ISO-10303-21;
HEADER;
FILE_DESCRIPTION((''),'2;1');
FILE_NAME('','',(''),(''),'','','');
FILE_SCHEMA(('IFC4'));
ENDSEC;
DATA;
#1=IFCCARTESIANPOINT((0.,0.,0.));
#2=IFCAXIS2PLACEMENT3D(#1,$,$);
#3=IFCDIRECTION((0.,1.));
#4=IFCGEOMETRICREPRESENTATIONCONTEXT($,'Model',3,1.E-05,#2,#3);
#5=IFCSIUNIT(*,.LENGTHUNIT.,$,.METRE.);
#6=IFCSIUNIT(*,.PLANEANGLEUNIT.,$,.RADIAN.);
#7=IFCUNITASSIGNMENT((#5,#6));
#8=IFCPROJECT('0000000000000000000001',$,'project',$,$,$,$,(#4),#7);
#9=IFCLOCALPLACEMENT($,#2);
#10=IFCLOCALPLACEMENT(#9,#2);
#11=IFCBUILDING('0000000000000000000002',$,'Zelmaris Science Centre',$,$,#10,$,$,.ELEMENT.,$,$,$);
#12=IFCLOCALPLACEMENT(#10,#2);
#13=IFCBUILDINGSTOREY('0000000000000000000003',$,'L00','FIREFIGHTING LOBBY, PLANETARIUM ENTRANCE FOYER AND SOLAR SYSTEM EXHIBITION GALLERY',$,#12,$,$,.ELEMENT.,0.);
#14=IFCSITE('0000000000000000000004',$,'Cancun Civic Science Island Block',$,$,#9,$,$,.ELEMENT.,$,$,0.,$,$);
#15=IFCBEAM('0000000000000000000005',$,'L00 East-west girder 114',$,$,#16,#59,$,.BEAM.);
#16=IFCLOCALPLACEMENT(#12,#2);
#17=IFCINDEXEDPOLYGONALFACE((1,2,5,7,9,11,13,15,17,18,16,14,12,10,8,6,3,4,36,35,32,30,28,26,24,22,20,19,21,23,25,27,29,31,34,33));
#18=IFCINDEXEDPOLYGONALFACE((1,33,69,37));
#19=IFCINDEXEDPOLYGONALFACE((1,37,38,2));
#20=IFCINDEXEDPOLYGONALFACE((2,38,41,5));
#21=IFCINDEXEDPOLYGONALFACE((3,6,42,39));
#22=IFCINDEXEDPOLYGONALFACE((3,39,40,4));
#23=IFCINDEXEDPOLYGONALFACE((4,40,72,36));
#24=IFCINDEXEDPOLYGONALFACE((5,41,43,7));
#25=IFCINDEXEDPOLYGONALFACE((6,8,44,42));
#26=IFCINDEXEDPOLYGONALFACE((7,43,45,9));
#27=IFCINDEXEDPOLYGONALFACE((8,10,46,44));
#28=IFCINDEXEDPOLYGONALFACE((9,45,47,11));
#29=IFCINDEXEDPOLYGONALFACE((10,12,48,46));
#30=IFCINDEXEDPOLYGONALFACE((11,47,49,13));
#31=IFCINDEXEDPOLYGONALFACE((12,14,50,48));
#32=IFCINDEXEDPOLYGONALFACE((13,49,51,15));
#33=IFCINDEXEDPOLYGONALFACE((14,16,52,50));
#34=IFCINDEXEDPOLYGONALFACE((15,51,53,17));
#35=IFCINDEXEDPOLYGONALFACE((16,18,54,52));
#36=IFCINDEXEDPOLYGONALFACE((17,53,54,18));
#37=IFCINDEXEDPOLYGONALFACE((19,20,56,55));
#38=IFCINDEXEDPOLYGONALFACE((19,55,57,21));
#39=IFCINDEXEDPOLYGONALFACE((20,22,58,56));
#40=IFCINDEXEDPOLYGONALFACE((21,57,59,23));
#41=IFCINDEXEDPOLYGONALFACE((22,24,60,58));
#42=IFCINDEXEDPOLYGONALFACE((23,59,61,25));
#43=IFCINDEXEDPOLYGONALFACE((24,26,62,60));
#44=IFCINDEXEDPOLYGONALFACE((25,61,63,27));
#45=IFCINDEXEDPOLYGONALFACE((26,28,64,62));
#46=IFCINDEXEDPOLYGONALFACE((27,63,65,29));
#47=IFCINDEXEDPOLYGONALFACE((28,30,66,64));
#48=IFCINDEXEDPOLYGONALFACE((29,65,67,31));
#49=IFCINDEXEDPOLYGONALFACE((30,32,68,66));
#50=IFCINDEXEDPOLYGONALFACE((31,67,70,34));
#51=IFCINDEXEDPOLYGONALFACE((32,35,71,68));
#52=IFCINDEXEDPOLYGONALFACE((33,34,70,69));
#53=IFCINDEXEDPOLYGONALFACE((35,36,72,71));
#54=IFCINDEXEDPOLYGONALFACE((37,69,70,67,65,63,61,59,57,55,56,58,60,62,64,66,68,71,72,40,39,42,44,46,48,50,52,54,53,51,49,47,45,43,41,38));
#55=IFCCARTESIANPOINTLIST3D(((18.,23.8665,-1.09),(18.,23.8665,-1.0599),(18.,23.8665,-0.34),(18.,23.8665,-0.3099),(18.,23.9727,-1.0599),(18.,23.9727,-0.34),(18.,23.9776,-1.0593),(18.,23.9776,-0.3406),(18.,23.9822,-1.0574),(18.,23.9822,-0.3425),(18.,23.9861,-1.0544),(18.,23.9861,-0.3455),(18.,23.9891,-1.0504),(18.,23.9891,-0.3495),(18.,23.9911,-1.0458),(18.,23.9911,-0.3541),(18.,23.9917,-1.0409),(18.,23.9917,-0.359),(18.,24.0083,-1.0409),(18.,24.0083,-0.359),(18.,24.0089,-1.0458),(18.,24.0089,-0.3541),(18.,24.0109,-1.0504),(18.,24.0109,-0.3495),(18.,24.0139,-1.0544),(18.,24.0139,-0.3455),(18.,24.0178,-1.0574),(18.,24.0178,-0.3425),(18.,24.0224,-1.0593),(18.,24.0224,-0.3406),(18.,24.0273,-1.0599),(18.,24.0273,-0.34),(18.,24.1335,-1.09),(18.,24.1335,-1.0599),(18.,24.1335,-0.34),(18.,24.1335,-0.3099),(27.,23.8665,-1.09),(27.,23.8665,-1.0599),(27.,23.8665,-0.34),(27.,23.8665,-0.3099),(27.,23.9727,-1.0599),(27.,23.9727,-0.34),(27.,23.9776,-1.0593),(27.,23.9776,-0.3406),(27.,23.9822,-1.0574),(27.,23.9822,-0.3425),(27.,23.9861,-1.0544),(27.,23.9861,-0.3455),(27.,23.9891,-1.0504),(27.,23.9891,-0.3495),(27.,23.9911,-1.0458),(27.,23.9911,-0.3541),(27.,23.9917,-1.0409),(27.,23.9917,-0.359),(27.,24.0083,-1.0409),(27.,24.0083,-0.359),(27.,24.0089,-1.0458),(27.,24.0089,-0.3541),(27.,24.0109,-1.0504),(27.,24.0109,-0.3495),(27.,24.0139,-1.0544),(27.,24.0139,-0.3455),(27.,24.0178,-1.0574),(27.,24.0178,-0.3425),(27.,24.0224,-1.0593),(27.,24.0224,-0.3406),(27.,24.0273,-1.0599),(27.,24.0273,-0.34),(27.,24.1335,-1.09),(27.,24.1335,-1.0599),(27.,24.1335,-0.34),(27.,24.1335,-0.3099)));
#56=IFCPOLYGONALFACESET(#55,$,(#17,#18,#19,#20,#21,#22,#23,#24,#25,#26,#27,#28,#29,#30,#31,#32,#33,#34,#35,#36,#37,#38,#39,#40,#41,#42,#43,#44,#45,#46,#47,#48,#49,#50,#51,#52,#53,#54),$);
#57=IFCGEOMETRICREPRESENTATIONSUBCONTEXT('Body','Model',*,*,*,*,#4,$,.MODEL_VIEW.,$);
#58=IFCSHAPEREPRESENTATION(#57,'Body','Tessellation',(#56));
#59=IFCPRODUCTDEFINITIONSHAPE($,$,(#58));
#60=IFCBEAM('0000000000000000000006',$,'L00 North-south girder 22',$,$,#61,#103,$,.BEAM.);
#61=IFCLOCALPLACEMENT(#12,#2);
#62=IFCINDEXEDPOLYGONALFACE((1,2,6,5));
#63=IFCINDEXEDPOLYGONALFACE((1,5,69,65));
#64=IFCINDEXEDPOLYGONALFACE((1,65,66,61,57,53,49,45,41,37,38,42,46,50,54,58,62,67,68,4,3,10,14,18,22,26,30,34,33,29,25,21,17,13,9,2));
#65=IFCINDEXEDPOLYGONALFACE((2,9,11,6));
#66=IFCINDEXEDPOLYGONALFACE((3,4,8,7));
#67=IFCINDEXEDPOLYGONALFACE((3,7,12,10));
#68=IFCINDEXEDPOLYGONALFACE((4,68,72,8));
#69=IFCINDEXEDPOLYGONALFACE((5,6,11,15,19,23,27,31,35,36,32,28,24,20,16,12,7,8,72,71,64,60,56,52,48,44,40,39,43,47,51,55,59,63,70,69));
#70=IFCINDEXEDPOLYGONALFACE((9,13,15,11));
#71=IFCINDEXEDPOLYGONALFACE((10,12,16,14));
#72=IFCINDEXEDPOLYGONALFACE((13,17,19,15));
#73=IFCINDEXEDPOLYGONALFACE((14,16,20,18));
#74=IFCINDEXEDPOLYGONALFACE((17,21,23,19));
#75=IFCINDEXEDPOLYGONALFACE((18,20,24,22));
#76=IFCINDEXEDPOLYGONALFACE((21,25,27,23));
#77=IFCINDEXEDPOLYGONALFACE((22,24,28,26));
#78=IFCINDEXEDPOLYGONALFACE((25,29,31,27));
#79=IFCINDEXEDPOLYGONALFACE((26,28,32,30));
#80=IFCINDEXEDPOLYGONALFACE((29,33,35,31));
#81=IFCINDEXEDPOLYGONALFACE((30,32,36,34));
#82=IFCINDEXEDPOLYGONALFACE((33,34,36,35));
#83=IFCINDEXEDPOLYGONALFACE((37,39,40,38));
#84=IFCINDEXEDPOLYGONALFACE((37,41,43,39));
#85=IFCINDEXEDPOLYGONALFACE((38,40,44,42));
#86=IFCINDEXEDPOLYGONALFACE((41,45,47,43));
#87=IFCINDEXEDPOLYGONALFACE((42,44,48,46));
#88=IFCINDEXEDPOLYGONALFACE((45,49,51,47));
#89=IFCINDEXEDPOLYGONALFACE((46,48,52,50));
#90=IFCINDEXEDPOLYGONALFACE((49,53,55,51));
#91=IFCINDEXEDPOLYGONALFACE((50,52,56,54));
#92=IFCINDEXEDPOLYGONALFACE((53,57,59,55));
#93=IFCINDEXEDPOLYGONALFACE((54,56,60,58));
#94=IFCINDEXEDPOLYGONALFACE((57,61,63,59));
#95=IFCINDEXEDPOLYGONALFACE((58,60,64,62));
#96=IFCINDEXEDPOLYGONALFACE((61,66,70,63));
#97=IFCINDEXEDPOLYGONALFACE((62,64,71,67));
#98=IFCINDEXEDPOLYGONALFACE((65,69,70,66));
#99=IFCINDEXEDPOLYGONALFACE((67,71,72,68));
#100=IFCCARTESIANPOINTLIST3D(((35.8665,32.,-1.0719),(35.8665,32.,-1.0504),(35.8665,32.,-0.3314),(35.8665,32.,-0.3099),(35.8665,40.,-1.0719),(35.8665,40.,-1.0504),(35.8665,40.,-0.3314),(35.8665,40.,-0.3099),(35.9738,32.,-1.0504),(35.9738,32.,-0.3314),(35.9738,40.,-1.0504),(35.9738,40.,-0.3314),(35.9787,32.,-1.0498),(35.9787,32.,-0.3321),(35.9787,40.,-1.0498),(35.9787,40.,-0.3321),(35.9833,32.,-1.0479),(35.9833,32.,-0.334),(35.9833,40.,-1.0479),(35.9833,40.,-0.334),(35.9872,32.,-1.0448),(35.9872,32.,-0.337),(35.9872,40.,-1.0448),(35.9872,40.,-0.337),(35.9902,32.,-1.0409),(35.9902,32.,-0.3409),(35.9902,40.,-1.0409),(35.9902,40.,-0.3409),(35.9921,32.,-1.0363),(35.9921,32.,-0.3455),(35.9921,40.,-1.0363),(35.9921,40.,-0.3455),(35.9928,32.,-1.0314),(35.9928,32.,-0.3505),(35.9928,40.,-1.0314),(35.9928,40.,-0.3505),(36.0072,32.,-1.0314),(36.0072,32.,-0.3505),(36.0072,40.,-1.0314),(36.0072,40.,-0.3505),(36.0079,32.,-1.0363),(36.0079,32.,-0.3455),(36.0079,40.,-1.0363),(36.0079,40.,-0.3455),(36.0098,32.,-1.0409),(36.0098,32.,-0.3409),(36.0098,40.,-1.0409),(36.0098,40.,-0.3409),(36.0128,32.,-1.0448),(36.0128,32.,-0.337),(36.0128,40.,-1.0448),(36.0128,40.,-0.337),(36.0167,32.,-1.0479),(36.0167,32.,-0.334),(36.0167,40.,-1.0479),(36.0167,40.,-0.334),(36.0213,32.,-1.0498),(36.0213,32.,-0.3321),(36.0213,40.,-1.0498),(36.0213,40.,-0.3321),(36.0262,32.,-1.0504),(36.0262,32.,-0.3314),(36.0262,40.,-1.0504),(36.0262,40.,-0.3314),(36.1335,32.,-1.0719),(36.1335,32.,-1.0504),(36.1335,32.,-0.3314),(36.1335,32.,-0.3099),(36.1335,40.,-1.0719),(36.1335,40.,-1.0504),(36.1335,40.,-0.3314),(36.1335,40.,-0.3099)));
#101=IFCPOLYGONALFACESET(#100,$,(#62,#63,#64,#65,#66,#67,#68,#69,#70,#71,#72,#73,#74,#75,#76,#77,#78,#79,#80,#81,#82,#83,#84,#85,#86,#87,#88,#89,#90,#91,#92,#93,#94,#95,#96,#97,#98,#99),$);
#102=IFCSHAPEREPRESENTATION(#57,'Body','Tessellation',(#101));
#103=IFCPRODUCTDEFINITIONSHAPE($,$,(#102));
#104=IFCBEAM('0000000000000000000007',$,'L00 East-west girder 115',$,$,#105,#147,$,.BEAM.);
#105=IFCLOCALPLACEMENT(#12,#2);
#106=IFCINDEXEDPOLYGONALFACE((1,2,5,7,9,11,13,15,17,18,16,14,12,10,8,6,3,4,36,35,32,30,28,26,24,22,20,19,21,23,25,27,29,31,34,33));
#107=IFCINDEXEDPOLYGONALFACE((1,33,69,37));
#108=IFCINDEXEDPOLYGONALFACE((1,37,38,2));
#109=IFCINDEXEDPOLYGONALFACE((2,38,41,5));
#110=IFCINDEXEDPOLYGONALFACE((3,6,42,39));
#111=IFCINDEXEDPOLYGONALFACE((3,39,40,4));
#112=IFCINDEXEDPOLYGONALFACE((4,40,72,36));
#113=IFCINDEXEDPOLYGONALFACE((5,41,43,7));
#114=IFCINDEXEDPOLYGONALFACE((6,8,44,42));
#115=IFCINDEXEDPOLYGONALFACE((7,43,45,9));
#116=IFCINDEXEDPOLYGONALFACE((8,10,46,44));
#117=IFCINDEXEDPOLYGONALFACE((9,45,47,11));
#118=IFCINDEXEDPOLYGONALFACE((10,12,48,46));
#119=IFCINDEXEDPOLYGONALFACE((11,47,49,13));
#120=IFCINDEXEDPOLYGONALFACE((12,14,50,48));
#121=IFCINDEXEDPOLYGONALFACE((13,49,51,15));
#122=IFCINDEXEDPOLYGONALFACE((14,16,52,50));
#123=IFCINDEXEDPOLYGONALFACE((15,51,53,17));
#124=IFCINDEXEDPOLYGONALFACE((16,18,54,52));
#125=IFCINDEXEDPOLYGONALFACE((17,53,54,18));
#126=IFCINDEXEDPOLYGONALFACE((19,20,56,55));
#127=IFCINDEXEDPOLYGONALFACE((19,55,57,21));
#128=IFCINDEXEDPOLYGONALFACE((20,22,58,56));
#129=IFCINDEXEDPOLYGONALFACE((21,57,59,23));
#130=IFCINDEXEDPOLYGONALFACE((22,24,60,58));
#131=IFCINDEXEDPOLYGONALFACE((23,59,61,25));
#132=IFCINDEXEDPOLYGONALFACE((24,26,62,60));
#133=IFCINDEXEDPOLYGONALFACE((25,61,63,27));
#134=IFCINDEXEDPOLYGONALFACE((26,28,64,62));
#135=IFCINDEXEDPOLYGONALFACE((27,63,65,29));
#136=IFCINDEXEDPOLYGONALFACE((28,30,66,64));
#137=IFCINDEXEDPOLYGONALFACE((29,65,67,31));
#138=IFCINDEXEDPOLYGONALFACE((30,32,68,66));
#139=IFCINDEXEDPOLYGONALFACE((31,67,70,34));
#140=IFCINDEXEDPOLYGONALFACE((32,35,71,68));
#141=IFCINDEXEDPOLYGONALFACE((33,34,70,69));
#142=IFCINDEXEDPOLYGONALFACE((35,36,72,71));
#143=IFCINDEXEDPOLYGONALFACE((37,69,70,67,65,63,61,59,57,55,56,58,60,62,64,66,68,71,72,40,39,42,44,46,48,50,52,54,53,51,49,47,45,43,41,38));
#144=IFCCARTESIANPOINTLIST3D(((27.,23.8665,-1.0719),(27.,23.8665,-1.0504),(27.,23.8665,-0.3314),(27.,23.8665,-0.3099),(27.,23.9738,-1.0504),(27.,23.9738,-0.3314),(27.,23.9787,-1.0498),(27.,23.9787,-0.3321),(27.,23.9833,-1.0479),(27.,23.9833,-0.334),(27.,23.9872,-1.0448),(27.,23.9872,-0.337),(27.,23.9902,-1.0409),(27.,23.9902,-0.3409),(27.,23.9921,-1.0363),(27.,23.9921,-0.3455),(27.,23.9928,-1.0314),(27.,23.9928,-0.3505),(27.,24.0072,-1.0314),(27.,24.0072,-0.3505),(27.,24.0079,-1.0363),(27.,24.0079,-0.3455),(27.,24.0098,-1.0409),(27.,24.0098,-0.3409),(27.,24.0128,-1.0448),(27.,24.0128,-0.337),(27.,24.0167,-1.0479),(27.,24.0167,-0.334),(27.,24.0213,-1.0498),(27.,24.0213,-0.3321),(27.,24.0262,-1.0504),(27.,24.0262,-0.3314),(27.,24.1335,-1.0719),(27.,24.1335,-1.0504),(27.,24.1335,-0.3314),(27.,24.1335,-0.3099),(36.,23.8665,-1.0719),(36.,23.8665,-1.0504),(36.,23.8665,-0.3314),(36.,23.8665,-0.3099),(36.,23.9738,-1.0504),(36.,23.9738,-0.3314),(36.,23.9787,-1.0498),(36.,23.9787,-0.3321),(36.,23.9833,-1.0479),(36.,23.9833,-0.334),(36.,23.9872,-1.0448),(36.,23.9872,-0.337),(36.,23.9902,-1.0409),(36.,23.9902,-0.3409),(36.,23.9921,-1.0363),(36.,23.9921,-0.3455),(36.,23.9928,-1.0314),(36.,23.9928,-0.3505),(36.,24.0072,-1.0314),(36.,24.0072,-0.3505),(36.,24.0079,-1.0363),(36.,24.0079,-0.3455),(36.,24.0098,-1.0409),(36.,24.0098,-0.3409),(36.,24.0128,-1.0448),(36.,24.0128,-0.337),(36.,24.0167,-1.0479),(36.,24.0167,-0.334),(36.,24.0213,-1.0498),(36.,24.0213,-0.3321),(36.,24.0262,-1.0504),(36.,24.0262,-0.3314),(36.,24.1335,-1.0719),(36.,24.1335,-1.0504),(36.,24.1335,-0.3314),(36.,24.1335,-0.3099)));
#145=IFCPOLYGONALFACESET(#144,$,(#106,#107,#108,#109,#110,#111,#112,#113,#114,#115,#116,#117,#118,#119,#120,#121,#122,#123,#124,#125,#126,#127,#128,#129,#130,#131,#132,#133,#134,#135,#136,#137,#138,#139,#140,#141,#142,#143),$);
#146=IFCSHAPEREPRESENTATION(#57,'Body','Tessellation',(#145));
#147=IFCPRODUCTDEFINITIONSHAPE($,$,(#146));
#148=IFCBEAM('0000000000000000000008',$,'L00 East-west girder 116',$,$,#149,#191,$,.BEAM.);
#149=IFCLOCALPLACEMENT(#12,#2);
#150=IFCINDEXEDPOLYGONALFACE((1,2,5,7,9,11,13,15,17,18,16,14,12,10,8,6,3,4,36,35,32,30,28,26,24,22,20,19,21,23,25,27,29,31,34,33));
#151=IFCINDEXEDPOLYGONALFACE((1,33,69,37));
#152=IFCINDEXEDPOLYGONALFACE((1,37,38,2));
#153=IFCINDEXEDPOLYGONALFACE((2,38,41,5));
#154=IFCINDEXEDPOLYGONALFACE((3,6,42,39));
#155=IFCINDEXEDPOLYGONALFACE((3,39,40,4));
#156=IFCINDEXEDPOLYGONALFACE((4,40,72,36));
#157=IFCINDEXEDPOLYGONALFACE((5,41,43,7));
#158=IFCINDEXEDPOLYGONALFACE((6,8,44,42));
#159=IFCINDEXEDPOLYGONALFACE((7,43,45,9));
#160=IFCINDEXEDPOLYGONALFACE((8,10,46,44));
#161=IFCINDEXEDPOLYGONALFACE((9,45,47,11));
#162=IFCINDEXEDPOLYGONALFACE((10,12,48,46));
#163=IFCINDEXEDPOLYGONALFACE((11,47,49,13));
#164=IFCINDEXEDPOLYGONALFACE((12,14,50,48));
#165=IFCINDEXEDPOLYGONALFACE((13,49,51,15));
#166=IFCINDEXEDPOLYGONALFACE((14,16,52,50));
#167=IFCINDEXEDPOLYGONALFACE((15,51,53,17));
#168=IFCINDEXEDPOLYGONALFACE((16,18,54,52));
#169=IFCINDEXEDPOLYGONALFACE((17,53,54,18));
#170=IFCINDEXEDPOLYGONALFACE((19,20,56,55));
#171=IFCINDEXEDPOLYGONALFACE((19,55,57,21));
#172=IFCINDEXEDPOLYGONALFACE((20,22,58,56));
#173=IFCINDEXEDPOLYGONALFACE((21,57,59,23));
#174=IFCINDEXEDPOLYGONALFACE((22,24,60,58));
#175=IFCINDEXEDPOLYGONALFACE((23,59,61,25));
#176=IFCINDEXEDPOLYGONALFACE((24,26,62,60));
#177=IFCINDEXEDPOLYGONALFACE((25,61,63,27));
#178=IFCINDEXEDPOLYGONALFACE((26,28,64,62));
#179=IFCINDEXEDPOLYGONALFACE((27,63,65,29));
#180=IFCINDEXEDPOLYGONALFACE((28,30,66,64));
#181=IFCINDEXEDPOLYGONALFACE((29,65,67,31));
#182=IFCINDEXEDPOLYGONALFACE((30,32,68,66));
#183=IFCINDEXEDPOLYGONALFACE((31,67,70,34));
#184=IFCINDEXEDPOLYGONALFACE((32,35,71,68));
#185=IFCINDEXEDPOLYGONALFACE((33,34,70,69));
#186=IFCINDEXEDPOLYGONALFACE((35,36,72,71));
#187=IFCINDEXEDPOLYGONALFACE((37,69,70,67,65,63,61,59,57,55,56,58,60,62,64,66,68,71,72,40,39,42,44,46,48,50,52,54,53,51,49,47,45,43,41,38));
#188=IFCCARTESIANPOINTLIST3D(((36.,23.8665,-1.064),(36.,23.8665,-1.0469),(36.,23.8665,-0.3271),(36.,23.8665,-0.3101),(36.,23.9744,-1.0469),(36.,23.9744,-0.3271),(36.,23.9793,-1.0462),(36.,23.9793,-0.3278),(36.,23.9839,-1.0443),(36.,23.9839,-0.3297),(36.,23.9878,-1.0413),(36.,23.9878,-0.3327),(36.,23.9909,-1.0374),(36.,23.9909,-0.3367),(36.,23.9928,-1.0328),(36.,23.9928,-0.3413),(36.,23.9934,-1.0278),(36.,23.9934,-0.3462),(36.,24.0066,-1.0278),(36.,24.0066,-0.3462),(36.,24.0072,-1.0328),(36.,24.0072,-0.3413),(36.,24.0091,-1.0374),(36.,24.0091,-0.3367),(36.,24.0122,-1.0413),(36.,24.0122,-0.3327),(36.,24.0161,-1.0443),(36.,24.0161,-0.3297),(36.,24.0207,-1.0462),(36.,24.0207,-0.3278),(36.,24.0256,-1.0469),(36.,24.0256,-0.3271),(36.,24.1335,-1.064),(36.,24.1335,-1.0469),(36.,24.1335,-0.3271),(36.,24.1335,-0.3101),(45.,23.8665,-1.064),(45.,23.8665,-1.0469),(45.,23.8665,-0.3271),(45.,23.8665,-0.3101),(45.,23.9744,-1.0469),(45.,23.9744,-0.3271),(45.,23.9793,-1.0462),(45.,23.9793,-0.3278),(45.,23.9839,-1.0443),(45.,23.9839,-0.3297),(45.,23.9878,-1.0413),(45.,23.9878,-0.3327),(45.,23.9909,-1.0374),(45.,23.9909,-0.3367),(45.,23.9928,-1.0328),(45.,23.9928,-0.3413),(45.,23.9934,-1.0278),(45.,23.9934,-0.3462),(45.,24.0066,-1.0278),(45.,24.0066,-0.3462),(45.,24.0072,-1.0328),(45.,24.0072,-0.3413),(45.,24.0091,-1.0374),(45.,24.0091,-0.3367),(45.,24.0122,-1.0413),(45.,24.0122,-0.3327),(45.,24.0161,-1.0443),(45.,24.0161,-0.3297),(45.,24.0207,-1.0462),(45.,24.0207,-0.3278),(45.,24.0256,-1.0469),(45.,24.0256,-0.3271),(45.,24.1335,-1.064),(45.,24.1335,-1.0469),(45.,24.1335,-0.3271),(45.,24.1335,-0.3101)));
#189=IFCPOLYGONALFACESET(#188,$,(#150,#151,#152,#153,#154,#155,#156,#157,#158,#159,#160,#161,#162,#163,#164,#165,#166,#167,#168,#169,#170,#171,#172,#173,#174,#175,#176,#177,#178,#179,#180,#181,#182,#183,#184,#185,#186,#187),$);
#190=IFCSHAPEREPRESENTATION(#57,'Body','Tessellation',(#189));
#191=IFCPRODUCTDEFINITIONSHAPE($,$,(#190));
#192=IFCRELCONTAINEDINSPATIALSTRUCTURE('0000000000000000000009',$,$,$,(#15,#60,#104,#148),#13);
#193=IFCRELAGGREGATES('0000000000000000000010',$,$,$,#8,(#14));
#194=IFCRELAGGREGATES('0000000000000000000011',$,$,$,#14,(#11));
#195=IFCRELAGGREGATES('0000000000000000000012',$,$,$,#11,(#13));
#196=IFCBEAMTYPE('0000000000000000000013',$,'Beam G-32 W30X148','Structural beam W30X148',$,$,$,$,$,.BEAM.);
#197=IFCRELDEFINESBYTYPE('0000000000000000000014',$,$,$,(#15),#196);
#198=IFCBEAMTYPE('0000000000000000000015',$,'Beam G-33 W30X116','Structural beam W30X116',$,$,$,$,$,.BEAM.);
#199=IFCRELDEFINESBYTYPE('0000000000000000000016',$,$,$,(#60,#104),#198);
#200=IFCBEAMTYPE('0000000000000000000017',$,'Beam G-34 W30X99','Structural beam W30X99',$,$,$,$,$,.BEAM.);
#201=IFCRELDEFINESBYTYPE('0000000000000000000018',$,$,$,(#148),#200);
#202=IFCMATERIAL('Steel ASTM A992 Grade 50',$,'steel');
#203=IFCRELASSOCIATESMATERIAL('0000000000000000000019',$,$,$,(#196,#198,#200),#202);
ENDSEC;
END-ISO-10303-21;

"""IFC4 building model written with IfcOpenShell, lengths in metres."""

from ifc_helpers import new_model, si_unit, direction, frame, origin, origin_2d, place, context, subcontext, project, spatial, i_section, extrude, material, material_profile, profile_set, type_object, element, save


model = new_model("IFC4")

# Units and contexts
model_context = context("Model", 3, precision=1e-05, world=origin(), true_north=direction((0.0, 1.0)))
body_context = subcontext(model_context, "Body", "Model", "MODEL_VIEW")
ifc_project = project(units=[si_unit("LENGTHUNIT", "METRE"), si_unit("PLANEANGLEUNIT", "RADIAN")], contexts=[model_context])

# Site, building, storey
site_placement = place(None, origin())
site = spatial("IfcSite", under=ifc_project, at=site_placement, Name="Cancun Civic Science Island Block", CompositionType="ELEMENT", RefElevation=0.0)
building_placement = place(site_placement, origin())
building = spatial("IfcBuilding", under=site, at=building_placement, Name="Zelmaris Science Centre", CompositionType="ELEMENT")
storey_placement = place(building_placement, origin())
storey = spatial("IfcBuildingStorey", under=building, at=storey_placement, Name="L00", Description="FIREFIGHTING LOBBY, PLANETARIUM ENTRANCE FOYER AND SOLAR SYSTEM EXHIBITION GALLERY", CompositionType="ELEMENT", Elevation=0.0)

# Shared definitions
ifc_material_1 = material(Name="Steel ASTM A992 Grade 50", Category="steel")

# Beams
ifc_material_profile_1 = material_profile(ifc_material_1, i_section(OverallWidth=0.2671, OverallDepth=0.78, WebThickness=0.0166, FlangeThickness=0.03, FilletRadius=0.019, at=origin_2d()), Name="W30X148")
ifc_profile_set_1 = profile_set([ifc_material_profile_1], Name="Steel ASTM A992 Grade 50")
beam_type_1 = type_object("IfcBeamType", Name="Beam G-32 W30X148", Description="Structural beam W30X148", PredefinedType="BEAM", material=ifc_profile_set_1)
beam_1_placement = place(storey_placement, frame((18.0, 24.0, -0.7), z_axis=(1.0, 0.0, 0.0), x_axis=(0.0, 1.0, 0.0)))
element("IfcBeam", 1, at=beam_1_placement, inside=storey, type_object=beam_type_1, Name="L00 East-west girder 114", PredefinedType="BEAM", context=body_context, shape_type="SweptSolid", body=[
    extrude(i_section(OverallWidth=0.2671, OverallDepth=0.78, WebThickness=0.0166, FlangeThickness=0.03, FilletRadius=0.019, at=origin_2d()), origin(), (0.0, 0.0, 1.0), 9.0),
])
ifc_material_profile_2 = material_profile(ifc_material_1, i_section(OverallWidth=0.2671, OverallDepth=0.762, WebThickness=0.0144, FlangeThickness=0.0215, FilletRadius=0.019, at=origin_2d()), Name="W30X116")
ifc_profile_set_2 = profile_set([ifc_material_profile_2], Name="Steel ASTM A992 Grade 50")
beam_type_2 = type_object("IfcBeamType", Name="Beam G-33 W30X116", Description="Structural beam W30X116", PredefinedType="BEAM", material=ifc_profile_set_2)
beam_2_placement = place(storey_placement, frame((36.0, 32.0, -0.6909), z_axis=(0.0, 1.0, 0.0), x_axis=(-1.0, 0.0, 0.0)))
element("IfcBeam", 2, at=beam_2_placement, inside=storey, type_object=beam_type_2, Name="L00 North-south girder 22", PredefinedType="BEAM", context=body_context, shape_type="SweptSolid", body=[
    extrude(i_section(OverallWidth=0.2671, OverallDepth=0.762, WebThickness=0.0144, FlangeThickness=0.0215, FilletRadius=0.019, at=origin_2d()), origin(), (0.0, 0.0, 1.0), 8.0),
])
beam_3_placement = place(storey_placement, frame((27.0, 24.0, -0.6909), z_axis=(1.0, 0.0, 0.0), x_axis=(0.0, 1.0, 0.0)))
element("IfcBeam", 3, at=beam_3_placement, inside=storey, type_object=beam_type_2, Name="L00 East-west girder 115", PredefinedType="BEAM", context=body_context, shape_type="SweptSolid", body=[
    extrude(i_section(OverallWidth=0.2671, OverallDepth=0.762, WebThickness=0.0144, FlangeThickness=0.0215, FilletRadius=0.019, at=origin_2d()), origin(), (0.0, 0.0, 1.0), 9.0),
])
ifc_material_profile_3 = material_profile(ifc_material_1, i_section(OverallWidth=0.2671, OverallDepth=0.7539, WebThickness=0.0132, FlangeThickness=0.0171, FilletRadius=0.019, at=origin_2d()), Name="W30X99")
ifc_profile_set_3 = profile_set([ifc_material_profile_3], Name="Steel ASTM A992 Grade 50")
beam_type_3 = type_object("IfcBeamType", Name="Beam G-34 W30X99", Description="Structural beam W30X99", PredefinedType="BEAM", material=ifc_profile_set_3)
beam_4_placement = place(storey_placement, frame((36.0, 24.0, -0.687), z_axis=(1.0, 0.0, 0.0), x_axis=(0.0, 1.0, 0.0)))
element("IfcBeam", 4, at=beam_4_placement, inside=storey, type_object=beam_type_3, Name="L00 East-west girder 116", PredefinedType="BEAM", context=body_context, shape_type="SweptSolid", body=[
    extrude(i_section(OverallWidth=0.2671, OverallDepth=0.7539, WebThickness=0.0132, FlangeThickness=0.0171, FilletRadius=0.019, at=origin_2d()), origin(), (0.0, 0.0, 1.0), 9.0),
])

save(model, "model.ifc")
